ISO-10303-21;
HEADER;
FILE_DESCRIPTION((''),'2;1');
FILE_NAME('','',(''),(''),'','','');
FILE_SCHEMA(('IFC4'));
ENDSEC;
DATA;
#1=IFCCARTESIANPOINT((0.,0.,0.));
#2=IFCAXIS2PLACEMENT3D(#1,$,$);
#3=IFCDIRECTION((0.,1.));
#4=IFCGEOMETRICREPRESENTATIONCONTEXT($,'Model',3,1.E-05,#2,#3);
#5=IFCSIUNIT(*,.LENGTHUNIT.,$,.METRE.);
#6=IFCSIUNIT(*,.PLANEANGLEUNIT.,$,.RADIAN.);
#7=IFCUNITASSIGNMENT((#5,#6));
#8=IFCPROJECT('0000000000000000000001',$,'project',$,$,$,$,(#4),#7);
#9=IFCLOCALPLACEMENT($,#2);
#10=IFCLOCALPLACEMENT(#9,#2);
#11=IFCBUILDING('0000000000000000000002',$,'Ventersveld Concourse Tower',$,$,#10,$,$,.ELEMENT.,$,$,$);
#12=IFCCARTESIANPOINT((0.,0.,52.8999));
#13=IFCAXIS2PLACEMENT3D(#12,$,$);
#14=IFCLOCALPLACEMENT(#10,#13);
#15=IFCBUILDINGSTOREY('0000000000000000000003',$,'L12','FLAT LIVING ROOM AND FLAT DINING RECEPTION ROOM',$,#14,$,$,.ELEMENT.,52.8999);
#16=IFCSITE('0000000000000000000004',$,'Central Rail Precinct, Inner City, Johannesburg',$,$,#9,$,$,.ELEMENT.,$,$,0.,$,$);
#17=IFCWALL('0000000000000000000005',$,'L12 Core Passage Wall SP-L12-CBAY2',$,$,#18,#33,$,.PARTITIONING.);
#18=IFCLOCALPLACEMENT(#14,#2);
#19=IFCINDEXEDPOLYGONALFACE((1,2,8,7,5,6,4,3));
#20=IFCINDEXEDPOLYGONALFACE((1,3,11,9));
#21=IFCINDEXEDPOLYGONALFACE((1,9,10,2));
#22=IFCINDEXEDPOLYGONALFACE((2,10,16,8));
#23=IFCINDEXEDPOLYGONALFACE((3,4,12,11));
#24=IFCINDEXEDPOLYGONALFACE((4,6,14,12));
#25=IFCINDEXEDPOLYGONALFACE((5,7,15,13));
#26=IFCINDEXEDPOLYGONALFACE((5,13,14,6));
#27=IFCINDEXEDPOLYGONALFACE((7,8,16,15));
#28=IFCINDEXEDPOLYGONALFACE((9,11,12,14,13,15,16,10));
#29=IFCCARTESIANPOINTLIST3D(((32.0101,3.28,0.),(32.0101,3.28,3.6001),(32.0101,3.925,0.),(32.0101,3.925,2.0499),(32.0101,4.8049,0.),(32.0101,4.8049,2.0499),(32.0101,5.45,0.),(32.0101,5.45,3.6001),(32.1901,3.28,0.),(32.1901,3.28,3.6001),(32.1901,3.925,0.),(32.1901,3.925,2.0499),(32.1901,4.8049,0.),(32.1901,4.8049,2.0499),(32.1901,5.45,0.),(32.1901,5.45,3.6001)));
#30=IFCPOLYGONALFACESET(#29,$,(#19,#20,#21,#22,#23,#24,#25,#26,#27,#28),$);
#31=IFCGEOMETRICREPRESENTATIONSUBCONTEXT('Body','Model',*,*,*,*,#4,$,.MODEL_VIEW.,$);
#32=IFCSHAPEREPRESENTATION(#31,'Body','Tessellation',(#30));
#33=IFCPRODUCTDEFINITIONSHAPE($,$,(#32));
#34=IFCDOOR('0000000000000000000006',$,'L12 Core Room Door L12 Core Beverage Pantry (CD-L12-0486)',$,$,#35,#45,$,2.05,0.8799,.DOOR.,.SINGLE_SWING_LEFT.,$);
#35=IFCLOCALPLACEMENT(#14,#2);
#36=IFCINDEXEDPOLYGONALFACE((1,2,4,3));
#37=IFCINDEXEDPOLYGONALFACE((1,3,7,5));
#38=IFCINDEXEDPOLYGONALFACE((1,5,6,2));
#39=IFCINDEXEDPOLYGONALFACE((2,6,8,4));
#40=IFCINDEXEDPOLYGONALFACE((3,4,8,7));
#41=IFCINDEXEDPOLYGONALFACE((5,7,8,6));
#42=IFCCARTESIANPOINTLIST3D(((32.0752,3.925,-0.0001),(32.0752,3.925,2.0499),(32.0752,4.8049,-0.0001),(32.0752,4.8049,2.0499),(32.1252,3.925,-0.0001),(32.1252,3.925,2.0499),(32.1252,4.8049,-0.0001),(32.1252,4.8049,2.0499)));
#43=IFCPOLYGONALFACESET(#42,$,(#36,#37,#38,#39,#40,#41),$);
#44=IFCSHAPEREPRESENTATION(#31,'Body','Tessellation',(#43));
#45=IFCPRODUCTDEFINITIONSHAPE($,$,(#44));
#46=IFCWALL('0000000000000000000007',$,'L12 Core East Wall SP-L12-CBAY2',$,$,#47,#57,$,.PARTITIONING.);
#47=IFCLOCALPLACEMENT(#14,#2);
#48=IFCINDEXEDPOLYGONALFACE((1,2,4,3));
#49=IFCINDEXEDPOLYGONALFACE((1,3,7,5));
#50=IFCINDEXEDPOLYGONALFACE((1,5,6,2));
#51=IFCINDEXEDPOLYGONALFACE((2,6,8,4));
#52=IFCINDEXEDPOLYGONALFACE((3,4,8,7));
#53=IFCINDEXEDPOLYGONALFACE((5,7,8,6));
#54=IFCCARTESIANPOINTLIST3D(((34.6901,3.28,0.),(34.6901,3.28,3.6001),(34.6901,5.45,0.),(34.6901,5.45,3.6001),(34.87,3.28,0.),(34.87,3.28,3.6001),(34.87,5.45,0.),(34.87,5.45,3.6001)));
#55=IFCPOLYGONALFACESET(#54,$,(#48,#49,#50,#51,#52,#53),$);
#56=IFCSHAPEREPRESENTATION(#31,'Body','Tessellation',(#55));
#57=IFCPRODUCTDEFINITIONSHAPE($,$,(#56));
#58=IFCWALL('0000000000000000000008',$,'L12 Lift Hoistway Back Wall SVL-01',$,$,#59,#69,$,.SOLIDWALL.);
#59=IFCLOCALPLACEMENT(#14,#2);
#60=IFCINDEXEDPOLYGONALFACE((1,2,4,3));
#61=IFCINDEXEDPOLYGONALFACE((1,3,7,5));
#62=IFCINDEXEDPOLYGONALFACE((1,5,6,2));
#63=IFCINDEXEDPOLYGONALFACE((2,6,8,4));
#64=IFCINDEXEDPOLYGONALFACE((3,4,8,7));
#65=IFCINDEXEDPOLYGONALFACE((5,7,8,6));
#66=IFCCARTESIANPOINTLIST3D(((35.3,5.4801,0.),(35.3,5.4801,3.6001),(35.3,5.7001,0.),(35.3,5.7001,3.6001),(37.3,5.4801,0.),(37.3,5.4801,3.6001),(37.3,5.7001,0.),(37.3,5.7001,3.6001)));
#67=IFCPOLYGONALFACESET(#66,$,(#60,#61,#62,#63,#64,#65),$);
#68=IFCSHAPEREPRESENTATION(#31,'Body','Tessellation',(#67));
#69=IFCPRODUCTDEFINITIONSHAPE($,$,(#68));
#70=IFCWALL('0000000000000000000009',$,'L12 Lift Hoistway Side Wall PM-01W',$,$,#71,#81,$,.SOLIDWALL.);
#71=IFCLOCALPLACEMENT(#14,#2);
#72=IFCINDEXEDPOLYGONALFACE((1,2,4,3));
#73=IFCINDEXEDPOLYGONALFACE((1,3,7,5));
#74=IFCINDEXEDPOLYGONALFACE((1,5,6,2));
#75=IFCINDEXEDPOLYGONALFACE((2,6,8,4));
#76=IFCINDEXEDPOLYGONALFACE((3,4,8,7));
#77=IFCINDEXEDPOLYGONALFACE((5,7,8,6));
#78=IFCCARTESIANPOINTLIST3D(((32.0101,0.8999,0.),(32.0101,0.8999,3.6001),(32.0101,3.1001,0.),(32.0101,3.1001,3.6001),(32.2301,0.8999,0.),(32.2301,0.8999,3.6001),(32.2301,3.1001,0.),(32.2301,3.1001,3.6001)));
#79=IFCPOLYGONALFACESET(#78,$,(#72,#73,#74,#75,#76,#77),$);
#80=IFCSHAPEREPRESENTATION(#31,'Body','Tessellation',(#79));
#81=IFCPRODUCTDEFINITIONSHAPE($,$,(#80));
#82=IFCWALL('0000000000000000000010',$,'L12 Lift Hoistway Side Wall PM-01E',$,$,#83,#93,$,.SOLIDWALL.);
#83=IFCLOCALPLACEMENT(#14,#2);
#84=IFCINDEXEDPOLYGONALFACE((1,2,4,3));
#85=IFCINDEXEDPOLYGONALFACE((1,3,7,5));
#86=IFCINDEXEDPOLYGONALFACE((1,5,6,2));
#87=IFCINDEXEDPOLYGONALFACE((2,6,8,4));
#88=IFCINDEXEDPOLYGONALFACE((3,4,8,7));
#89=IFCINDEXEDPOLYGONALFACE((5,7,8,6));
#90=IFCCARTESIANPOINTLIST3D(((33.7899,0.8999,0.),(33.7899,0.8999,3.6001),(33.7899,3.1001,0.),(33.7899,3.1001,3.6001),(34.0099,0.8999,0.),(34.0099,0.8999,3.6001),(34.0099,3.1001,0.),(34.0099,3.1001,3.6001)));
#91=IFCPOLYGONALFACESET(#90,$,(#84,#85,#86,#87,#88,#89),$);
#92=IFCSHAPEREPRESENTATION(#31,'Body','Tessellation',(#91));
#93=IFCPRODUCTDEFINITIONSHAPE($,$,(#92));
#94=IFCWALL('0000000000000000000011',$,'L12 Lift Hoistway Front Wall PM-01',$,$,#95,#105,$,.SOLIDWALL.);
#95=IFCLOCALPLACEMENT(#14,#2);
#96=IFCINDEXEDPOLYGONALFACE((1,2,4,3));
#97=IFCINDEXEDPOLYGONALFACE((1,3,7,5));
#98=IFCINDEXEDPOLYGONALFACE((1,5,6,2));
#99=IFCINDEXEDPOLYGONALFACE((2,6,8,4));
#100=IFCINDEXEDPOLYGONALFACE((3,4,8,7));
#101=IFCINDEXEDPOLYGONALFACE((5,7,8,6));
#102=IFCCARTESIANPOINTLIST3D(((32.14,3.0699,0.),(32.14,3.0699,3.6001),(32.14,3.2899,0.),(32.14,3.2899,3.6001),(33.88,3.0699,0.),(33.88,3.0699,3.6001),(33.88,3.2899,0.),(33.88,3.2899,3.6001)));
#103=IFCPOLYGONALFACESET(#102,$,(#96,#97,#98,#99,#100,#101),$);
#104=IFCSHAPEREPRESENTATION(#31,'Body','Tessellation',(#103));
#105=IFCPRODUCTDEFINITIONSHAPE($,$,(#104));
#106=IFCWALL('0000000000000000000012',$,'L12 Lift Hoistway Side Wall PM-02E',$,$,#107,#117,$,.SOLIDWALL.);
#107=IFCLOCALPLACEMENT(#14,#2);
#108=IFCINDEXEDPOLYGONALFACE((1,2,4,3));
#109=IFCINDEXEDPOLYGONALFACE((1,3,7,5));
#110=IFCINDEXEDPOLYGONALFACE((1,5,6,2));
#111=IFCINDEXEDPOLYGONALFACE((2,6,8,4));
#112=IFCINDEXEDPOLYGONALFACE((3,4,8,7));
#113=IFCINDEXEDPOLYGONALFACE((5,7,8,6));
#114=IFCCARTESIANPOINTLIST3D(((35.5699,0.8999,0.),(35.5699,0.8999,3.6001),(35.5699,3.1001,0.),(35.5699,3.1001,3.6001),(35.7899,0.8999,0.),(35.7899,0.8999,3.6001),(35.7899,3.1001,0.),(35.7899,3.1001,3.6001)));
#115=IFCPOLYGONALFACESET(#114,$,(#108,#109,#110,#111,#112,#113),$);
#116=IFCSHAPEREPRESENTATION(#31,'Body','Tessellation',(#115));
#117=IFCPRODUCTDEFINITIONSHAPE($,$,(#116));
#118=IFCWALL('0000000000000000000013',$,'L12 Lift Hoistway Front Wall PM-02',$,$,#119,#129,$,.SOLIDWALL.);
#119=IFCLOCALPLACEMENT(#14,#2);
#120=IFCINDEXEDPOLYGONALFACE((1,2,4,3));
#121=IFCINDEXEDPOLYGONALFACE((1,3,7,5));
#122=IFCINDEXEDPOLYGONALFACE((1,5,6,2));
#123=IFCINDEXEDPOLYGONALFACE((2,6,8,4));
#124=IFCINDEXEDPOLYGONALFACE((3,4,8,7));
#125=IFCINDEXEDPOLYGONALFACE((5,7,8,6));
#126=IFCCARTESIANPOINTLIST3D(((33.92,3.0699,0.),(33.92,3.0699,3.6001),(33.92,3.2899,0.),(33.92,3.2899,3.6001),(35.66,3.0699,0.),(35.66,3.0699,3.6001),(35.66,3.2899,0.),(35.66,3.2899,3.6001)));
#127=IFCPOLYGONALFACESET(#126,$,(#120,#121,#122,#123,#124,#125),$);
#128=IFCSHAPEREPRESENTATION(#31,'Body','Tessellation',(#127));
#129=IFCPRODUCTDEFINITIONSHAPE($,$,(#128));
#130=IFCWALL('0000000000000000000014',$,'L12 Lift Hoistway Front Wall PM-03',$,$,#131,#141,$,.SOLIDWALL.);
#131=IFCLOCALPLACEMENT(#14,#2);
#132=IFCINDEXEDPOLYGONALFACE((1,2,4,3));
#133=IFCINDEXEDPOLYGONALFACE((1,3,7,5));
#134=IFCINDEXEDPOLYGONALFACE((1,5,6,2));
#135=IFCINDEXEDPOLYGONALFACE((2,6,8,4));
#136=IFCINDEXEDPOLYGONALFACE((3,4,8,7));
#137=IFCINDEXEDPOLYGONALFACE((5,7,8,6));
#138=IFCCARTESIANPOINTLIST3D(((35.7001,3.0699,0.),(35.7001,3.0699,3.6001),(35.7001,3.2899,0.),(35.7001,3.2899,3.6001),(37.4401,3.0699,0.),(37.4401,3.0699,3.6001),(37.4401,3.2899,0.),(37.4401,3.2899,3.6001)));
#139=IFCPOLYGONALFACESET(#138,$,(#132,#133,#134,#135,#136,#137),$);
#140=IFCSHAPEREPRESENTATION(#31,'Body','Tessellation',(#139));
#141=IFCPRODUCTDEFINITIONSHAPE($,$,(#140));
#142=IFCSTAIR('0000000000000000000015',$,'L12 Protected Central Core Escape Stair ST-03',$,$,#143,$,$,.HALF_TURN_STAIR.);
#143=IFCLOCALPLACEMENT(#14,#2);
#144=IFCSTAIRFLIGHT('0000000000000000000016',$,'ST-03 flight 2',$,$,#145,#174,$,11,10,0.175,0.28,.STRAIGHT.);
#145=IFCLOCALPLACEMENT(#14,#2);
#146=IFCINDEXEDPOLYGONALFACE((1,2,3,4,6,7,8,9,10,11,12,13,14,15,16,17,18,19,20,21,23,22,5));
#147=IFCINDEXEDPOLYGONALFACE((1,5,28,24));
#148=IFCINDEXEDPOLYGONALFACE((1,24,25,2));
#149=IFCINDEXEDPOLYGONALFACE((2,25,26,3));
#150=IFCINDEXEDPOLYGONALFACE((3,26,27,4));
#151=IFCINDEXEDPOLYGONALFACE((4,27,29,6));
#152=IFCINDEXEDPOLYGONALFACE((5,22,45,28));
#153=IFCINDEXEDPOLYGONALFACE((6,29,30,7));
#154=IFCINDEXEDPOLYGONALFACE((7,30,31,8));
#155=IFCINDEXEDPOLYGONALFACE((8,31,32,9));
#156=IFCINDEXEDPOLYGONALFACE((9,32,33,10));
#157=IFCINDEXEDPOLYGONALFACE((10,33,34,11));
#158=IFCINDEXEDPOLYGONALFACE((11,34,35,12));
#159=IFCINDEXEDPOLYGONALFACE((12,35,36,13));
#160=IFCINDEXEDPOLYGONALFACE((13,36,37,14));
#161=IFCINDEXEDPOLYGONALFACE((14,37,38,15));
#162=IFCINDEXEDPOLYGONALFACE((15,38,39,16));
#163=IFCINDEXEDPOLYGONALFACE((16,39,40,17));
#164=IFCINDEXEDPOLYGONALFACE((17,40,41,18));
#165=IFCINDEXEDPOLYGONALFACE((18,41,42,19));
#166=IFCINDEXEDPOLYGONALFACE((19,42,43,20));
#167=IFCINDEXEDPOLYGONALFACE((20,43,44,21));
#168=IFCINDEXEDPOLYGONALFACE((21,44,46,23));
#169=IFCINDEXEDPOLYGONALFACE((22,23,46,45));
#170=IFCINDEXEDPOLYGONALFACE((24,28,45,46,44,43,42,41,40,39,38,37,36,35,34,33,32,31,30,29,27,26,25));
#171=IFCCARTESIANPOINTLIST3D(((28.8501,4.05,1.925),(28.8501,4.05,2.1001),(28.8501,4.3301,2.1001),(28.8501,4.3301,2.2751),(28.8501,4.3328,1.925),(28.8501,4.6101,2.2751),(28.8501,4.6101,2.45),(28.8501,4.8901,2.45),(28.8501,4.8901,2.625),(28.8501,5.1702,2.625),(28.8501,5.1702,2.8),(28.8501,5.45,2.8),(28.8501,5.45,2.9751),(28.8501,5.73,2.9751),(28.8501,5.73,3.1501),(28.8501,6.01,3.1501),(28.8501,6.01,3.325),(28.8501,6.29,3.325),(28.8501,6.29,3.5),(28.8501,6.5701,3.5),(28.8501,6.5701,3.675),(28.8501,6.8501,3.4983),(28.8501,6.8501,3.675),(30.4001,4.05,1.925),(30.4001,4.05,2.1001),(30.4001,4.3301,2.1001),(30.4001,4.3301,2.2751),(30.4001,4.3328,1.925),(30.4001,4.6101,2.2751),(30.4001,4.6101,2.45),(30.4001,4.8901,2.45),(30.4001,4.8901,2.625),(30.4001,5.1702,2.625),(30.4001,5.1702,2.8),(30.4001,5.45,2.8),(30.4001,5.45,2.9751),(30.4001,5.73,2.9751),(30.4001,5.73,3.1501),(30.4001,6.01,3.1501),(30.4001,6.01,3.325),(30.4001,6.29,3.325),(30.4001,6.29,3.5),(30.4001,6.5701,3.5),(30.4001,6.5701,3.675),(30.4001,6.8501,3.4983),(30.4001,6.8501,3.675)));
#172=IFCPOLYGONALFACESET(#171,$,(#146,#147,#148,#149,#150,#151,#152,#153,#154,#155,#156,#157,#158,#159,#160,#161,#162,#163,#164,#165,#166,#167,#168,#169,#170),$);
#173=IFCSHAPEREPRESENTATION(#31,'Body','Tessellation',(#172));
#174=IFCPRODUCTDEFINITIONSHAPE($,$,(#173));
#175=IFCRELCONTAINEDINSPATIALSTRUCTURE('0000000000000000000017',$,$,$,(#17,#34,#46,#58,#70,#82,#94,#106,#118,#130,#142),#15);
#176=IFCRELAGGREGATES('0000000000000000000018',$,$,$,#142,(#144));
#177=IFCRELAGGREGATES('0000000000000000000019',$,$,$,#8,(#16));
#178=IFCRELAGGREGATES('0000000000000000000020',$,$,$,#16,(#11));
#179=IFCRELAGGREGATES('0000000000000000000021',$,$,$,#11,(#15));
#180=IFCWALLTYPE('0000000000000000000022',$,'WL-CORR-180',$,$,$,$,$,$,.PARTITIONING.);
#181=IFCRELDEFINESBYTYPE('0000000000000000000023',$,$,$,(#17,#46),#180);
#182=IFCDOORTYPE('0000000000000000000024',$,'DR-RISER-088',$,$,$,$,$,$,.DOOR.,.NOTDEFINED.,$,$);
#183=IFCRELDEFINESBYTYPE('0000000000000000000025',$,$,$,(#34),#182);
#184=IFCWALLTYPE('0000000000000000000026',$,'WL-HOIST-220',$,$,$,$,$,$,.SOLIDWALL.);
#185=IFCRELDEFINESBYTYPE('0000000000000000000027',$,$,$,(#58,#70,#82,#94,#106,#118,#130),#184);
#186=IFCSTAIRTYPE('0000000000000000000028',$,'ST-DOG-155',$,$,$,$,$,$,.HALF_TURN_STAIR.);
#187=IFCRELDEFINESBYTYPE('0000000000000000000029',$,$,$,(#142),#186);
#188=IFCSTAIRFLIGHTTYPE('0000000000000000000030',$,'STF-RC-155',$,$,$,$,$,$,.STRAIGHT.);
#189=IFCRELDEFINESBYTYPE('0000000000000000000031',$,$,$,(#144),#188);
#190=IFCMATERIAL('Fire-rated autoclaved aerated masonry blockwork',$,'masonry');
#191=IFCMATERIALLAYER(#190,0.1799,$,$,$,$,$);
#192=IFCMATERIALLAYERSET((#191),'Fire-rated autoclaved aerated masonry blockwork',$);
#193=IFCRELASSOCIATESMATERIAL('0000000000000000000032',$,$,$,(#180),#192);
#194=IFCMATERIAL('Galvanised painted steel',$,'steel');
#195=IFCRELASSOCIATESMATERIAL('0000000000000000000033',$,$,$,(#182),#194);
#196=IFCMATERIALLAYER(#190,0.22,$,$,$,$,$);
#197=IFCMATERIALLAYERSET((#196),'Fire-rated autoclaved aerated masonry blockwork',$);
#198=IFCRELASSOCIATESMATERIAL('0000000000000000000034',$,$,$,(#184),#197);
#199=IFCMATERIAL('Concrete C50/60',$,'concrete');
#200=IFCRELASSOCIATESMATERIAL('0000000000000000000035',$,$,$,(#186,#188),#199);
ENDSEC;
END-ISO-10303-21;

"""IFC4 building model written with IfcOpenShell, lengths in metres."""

from ifc_helpers import new_model, si_unit, direction, frame, frame_2d, origin, place, context, subcontext, project, spatial, polyline, rectangle, outline, extrude, material, layer, layer_set, type_object, element, fill, aggregate, save


model = new_model("IFC4")

# Units and contexts
model_context = context("Model", 3, precision=1e-05, world=origin(), true_north=direction((0.0, 1.0)))
body_context = subcontext(model_context, "Body", "Model", "MODEL_VIEW")
ifc_project = project(units=[si_unit("LENGTHUNIT", "METRE"), si_unit("PLANEANGLEUNIT", "RADIAN")], contexts=[model_context])

# Site, building, storey
site_placement = place(None, origin())
site = spatial("IfcSite", under=ifc_project, at=site_placement, Name="Central Rail Precinct, Inner City, Johannesburg", CompositionType="ELEMENT", RefElevation=0.0)
building_placement = place(site_placement, origin())
building = spatial("IfcBuilding", under=site, at=building_placement, Name="Ventersveld Concourse Tower", CompositionType="ELEMENT")
storey_placement = place(building_placement, frame((0.0, 0.0, 52.8999)))
storey = spatial("IfcBuildingStorey", under=building, at=storey_placement, Name="L12", Description="FLAT LIVING ROOM AND FLAT DINING RECEPTION ROOM", CompositionType="ELEMENT", Elevation=52.8999)

# Shared definitions
ifc_material_1 = material(Name="Concrete C50/60", Category="concrete")

# Shared definitions
ifc_material_2 = material(Name="Fire-rated autoclaved aerated masonry blockwork", Category="masonry")
ifc_layer_1 = layer(ifc_material_2, 0.1799)
ifc_layer_set_1 = layer_set([ifc_layer_1], Name="Fire-rated autoclaved aerated masonry blockwork")
wall_type_1 = type_object("IfcWallType", Name="WL-CORR-180", PredefinedType="PARTITIONING", material=ifc_layer_set_1)

# Wall, opening, door
wall_1_placement = place(storey_placement, frame((32.1001, 3.28, 0.0), z_axis=(0.0, 0.0, 1.0), x_axis=(0.0, 1.0, 0.0)))
wall_1 = element("IfcWall", 1, at=wall_1_placement, inside=storey, type_object=wall_type_1, Name="L12 Core Passage Wall SP-L12-CBAY2", PredefinedType="PARTITIONING", context=body_context, shape_type="SweptSolid", body=[
    extrude(rectangle(XDim=2.1699, YDim=0.1799, at=frame_2d((1.085, 0.0))), origin(), (0.0, 0.0, 1.0), 3.6001),
])
opening_placement = place(wall_1_placement, frame((0.645, 0.0, 0.0)))
opening = element("IfcOpeningElement", 2, at=opening_placement, cuts=wall_1, PredefinedType="OPENING", context=body_context, shape_type="SweptSolid", body=[
    extrude(rectangle(XDim=0.8799, YDim=2.05, at=frame_2d((0.4399, 1.0249))), frame((0.0, 0.1001, 0.0), z_axis=(0.0, -1.0, 0.0), x_axis=(1.0, 0.0, 0.0)), (0.0, 0.0, 1.0), 0.2),
])
ifc_material_3 = material(Name="Galvanised painted steel", Category="steel")
door_type = type_object("IfcDoorType", Name="DR-RISER-088", OperationType="NOTDEFINED", PredefinedType="DOOR", material=ifc_material_3)
door_placement = place(opening_placement, origin())
door = element("IfcDoor", 3, at=door_placement, inside=storey, type_object=door_type, Name="L12 Core Room Door L12 Core Beverage Pantry (CD-L12-0486)", OperationType="SINGLE_SWING_LEFT", OverallHeight=2.05, OverallWidth=0.8799, PredefinedType="DOOR", context=body_context, shape_type="SweptSolid", body=[
    extrude(rectangle(XDim=0.8799, YDim=2.05, at=frame_2d((0.4399, 1.0249))), frame((0.0, 0.0249, 0.0), z_axis=(0.0, -1.0, 0.0), x_axis=(1.0, 0.0, 0.0)), (0.0, 0.0, 1.0), 0.05),
])
fill(opening, door)

# Walls
wall_2_placement = place(storey_placement, frame((34.78, 3.28, 0.0), z_axis=(0.0, 0.0, 1.0), x_axis=(0.0, 1.0, 0.0)))
element("IfcWall", 4, at=wall_2_placement, inside=storey, type_object=wall_type_1, Name="L12 Core East Wall SP-L12-CBAY2", PredefinedType="PARTITIONING", context=body_context, shape_type="SweptSolid", body=[
    extrude(rectangle(XDim=2.1699, YDim=0.1799, at=frame_2d((1.085, 0.0))), origin(), (0.0, 0.0, 1.0), 3.6001),
])
ifc_layer_2 = layer(ifc_material_2, 0.22)
ifc_layer_set_2 = layer_set([ifc_layer_2], Name="Fire-rated autoclaved aerated masonry blockwork")
wall_type_2 = type_object("IfcWallType", Name="WL-HOIST-220", PredefinedType="SOLIDWALL", material=ifc_layer_set_2)
wall_3_placement = place(storey_placement, frame((35.3, 5.5901, 0.0), z_axis=(0.0, 0.0, 1.0), x_axis=(1.0, 0.0, 0.0)))
element("IfcWall", 5, at=wall_3_placement, inside=storey, type_object=wall_type_2, Name="L12 Lift Hoistway Back Wall SVL-01", PredefinedType="SOLIDWALL", context=body_context, shape_type="SweptSolid", body=[
    extrude(rectangle(XDim=2.0, YDim=0.22, at=frame_2d((1.0, 0.0))), origin(), (0.0, 0.0, 1.0), 3.6001),
])
for number, where, z_axis, x_axis, name in (
    (6, (32.1201, 0.8999, 0.0), (0.0, 0.0, 1.0), (0.0, 1.0, 0.0), "L12 Lift Hoistway Side Wall PM-01W"),
    (7, (33.8999, 0.8999, 0.0), (0.0, 0.0, 1.0), (0.0, 1.0, 0.0), "L12 Lift Hoistway Side Wall PM-01E"),
):
    element("IfcWall", number, at=place(storey_placement, frame(where, z_axis=z_axis, x_axis=x_axis)), inside=storey, type_object=wall_type_2, Name=name, PredefinedType="SOLIDWALL", context=body_context, shape_type="SweptSolid", body=[
        extrude(rectangle(XDim=2.2002, YDim=0.22, at=frame_2d((1.1001, 0.0))), origin(), (0.0, 0.0, 1.0), 3.6001),
    ])
wall_4_placement = place(storey_placement, frame((32.1399, 3.1799, 0.0), z_axis=(0.0, 0.0, 1.0), x_axis=(1.0, 0.0, 0.0)))
element("IfcWall", 8, at=wall_4_placement, inside=storey, type_object=wall_type_2, Name="L12 Lift Hoistway Front Wall PM-01", PredefinedType="SOLIDWALL", context=body_context, shape_type="SweptSolid", body=[
    extrude(rectangle(XDim=1.74, YDim=0.22, at=frame_2d((0.8701, 0.0))), origin(), (0.0, 0.0, 1.0), 3.6001),
])
wall_5_placement = place(storey_placement, frame((35.6799, 0.8999, 0.0), z_axis=(0.0, 0.0, 1.0), x_axis=(0.0, 1.0, 0.0)))
element("IfcWall", 9, at=wall_5_placement, inside=storey, type_object=wall_type_2, Name="L12 Lift Hoistway Side Wall PM-02E", PredefinedType="SOLIDWALL", context=body_context, shape_type="SweptSolid", body=[
    extrude(rectangle(XDim=2.2002, YDim=0.22, at=frame_2d((1.1001, 0.0))), origin(), (0.0, 0.0, 1.0), 3.6001),
])
for number, where, z_axis, x_axis, name in (
    (10, (33.9199, 3.1799, 0.0), (0.0, 0.0, 1.0), (1.0, 0.0, 0.0), "L12 Lift Hoistway Front Wall PM-02"),
    (11, (35.7, 3.1799, 0.0), (0.0, 0.0, 1.0), (1.0, 0.0, 0.0), "L12 Lift Hoistway Front Wall PM-03"),
):
    element("IfcWall", number, at=place(storey_placement, frame(where, z_axis=z_axis, x_axis=x_axis)), inside=storey, type_object=wall_type_2, Name=name, PredefinedType="SOLIDWALL", context=body_context, shape_type="SweptSolid", body=[
        extrude(rectangle(XDim=1.74, YDim=0.22, at=frame_2d((0.8701, 0.0))), origin(), (0.0, 0.0, 1.0), 3.6001),
    ])

# Stair, stair flight
stair_type = type_object("IfcStairType", Name="ST-DOG-155", PredefinedType="HALF_TURN_STAIR", material=ifc_material_1)
stair_placement = place(storey_placement, origin())
stair = element("IfcStair", 12, at=stair_placement, inside=storey, type_object=stair_type, Name="L12 Protected Central Core Escape Stair ST-03", PredefinedType="HALF_TURN_STAIR")
stair_flight_type = type_object("IfcStairFlightType", Name="STF-RC-155", PredefinedType="STRAIGHT", material=ifc_material_1)
stair_flight_placement = place(storey_placement, frame((29.625, 4.05, 1.925), z_axis=(0.0, 0.0, 1.0), x_axis=(0.0, 1.0, 0.0)))
stair_flight = element("IfcStairFlight", 13, at=stair_flight_placement, type_object=stair_flight_type, Name="ST-03 flight 2", NumberOfRisers=11, NumberOfTreads=10, PredefinedType="STRAIGHT", RiserHeight=0.175, TreadLength=0.28, context=body_context, shape_type="SweptSolid", body=[
    extrude(outline(polyline([(0.0, 0.0), (0.0, 0.175), (0.28, 0.175), (0.28, 0.3501), (0.5601, 0.3501), (0.5601, 0.5249), (0.8401, 0.5249), (0.8401, 0.7), (1.1201, 0.7), (1.1201, 0.875), (1.3999, 0.875), (1.3999, 1.05), (1.6799, 1.05), (1.6799, 1.2251), (1.96, 1.2251), (1.96, 1.3999), (2.24, 1.3999), (2.24, 1.575), (2.52, 1.575), (2.52, 1.75), (2.8, 1.75), (2.8, 1.925), (2.8, 1.5732), (0.2827, 0.0), (0.0, 0.0)])), frame((0.0, 0.7749, 0.0), z_axis=(0.0, -1.0, 0.0), x_axis=(1.0, 0.0, 0.0)), (0.0, 0.0, 1.0), 1.55),
])
aggregate(stair, [stair_flight])

save(model, "model.ifc")
